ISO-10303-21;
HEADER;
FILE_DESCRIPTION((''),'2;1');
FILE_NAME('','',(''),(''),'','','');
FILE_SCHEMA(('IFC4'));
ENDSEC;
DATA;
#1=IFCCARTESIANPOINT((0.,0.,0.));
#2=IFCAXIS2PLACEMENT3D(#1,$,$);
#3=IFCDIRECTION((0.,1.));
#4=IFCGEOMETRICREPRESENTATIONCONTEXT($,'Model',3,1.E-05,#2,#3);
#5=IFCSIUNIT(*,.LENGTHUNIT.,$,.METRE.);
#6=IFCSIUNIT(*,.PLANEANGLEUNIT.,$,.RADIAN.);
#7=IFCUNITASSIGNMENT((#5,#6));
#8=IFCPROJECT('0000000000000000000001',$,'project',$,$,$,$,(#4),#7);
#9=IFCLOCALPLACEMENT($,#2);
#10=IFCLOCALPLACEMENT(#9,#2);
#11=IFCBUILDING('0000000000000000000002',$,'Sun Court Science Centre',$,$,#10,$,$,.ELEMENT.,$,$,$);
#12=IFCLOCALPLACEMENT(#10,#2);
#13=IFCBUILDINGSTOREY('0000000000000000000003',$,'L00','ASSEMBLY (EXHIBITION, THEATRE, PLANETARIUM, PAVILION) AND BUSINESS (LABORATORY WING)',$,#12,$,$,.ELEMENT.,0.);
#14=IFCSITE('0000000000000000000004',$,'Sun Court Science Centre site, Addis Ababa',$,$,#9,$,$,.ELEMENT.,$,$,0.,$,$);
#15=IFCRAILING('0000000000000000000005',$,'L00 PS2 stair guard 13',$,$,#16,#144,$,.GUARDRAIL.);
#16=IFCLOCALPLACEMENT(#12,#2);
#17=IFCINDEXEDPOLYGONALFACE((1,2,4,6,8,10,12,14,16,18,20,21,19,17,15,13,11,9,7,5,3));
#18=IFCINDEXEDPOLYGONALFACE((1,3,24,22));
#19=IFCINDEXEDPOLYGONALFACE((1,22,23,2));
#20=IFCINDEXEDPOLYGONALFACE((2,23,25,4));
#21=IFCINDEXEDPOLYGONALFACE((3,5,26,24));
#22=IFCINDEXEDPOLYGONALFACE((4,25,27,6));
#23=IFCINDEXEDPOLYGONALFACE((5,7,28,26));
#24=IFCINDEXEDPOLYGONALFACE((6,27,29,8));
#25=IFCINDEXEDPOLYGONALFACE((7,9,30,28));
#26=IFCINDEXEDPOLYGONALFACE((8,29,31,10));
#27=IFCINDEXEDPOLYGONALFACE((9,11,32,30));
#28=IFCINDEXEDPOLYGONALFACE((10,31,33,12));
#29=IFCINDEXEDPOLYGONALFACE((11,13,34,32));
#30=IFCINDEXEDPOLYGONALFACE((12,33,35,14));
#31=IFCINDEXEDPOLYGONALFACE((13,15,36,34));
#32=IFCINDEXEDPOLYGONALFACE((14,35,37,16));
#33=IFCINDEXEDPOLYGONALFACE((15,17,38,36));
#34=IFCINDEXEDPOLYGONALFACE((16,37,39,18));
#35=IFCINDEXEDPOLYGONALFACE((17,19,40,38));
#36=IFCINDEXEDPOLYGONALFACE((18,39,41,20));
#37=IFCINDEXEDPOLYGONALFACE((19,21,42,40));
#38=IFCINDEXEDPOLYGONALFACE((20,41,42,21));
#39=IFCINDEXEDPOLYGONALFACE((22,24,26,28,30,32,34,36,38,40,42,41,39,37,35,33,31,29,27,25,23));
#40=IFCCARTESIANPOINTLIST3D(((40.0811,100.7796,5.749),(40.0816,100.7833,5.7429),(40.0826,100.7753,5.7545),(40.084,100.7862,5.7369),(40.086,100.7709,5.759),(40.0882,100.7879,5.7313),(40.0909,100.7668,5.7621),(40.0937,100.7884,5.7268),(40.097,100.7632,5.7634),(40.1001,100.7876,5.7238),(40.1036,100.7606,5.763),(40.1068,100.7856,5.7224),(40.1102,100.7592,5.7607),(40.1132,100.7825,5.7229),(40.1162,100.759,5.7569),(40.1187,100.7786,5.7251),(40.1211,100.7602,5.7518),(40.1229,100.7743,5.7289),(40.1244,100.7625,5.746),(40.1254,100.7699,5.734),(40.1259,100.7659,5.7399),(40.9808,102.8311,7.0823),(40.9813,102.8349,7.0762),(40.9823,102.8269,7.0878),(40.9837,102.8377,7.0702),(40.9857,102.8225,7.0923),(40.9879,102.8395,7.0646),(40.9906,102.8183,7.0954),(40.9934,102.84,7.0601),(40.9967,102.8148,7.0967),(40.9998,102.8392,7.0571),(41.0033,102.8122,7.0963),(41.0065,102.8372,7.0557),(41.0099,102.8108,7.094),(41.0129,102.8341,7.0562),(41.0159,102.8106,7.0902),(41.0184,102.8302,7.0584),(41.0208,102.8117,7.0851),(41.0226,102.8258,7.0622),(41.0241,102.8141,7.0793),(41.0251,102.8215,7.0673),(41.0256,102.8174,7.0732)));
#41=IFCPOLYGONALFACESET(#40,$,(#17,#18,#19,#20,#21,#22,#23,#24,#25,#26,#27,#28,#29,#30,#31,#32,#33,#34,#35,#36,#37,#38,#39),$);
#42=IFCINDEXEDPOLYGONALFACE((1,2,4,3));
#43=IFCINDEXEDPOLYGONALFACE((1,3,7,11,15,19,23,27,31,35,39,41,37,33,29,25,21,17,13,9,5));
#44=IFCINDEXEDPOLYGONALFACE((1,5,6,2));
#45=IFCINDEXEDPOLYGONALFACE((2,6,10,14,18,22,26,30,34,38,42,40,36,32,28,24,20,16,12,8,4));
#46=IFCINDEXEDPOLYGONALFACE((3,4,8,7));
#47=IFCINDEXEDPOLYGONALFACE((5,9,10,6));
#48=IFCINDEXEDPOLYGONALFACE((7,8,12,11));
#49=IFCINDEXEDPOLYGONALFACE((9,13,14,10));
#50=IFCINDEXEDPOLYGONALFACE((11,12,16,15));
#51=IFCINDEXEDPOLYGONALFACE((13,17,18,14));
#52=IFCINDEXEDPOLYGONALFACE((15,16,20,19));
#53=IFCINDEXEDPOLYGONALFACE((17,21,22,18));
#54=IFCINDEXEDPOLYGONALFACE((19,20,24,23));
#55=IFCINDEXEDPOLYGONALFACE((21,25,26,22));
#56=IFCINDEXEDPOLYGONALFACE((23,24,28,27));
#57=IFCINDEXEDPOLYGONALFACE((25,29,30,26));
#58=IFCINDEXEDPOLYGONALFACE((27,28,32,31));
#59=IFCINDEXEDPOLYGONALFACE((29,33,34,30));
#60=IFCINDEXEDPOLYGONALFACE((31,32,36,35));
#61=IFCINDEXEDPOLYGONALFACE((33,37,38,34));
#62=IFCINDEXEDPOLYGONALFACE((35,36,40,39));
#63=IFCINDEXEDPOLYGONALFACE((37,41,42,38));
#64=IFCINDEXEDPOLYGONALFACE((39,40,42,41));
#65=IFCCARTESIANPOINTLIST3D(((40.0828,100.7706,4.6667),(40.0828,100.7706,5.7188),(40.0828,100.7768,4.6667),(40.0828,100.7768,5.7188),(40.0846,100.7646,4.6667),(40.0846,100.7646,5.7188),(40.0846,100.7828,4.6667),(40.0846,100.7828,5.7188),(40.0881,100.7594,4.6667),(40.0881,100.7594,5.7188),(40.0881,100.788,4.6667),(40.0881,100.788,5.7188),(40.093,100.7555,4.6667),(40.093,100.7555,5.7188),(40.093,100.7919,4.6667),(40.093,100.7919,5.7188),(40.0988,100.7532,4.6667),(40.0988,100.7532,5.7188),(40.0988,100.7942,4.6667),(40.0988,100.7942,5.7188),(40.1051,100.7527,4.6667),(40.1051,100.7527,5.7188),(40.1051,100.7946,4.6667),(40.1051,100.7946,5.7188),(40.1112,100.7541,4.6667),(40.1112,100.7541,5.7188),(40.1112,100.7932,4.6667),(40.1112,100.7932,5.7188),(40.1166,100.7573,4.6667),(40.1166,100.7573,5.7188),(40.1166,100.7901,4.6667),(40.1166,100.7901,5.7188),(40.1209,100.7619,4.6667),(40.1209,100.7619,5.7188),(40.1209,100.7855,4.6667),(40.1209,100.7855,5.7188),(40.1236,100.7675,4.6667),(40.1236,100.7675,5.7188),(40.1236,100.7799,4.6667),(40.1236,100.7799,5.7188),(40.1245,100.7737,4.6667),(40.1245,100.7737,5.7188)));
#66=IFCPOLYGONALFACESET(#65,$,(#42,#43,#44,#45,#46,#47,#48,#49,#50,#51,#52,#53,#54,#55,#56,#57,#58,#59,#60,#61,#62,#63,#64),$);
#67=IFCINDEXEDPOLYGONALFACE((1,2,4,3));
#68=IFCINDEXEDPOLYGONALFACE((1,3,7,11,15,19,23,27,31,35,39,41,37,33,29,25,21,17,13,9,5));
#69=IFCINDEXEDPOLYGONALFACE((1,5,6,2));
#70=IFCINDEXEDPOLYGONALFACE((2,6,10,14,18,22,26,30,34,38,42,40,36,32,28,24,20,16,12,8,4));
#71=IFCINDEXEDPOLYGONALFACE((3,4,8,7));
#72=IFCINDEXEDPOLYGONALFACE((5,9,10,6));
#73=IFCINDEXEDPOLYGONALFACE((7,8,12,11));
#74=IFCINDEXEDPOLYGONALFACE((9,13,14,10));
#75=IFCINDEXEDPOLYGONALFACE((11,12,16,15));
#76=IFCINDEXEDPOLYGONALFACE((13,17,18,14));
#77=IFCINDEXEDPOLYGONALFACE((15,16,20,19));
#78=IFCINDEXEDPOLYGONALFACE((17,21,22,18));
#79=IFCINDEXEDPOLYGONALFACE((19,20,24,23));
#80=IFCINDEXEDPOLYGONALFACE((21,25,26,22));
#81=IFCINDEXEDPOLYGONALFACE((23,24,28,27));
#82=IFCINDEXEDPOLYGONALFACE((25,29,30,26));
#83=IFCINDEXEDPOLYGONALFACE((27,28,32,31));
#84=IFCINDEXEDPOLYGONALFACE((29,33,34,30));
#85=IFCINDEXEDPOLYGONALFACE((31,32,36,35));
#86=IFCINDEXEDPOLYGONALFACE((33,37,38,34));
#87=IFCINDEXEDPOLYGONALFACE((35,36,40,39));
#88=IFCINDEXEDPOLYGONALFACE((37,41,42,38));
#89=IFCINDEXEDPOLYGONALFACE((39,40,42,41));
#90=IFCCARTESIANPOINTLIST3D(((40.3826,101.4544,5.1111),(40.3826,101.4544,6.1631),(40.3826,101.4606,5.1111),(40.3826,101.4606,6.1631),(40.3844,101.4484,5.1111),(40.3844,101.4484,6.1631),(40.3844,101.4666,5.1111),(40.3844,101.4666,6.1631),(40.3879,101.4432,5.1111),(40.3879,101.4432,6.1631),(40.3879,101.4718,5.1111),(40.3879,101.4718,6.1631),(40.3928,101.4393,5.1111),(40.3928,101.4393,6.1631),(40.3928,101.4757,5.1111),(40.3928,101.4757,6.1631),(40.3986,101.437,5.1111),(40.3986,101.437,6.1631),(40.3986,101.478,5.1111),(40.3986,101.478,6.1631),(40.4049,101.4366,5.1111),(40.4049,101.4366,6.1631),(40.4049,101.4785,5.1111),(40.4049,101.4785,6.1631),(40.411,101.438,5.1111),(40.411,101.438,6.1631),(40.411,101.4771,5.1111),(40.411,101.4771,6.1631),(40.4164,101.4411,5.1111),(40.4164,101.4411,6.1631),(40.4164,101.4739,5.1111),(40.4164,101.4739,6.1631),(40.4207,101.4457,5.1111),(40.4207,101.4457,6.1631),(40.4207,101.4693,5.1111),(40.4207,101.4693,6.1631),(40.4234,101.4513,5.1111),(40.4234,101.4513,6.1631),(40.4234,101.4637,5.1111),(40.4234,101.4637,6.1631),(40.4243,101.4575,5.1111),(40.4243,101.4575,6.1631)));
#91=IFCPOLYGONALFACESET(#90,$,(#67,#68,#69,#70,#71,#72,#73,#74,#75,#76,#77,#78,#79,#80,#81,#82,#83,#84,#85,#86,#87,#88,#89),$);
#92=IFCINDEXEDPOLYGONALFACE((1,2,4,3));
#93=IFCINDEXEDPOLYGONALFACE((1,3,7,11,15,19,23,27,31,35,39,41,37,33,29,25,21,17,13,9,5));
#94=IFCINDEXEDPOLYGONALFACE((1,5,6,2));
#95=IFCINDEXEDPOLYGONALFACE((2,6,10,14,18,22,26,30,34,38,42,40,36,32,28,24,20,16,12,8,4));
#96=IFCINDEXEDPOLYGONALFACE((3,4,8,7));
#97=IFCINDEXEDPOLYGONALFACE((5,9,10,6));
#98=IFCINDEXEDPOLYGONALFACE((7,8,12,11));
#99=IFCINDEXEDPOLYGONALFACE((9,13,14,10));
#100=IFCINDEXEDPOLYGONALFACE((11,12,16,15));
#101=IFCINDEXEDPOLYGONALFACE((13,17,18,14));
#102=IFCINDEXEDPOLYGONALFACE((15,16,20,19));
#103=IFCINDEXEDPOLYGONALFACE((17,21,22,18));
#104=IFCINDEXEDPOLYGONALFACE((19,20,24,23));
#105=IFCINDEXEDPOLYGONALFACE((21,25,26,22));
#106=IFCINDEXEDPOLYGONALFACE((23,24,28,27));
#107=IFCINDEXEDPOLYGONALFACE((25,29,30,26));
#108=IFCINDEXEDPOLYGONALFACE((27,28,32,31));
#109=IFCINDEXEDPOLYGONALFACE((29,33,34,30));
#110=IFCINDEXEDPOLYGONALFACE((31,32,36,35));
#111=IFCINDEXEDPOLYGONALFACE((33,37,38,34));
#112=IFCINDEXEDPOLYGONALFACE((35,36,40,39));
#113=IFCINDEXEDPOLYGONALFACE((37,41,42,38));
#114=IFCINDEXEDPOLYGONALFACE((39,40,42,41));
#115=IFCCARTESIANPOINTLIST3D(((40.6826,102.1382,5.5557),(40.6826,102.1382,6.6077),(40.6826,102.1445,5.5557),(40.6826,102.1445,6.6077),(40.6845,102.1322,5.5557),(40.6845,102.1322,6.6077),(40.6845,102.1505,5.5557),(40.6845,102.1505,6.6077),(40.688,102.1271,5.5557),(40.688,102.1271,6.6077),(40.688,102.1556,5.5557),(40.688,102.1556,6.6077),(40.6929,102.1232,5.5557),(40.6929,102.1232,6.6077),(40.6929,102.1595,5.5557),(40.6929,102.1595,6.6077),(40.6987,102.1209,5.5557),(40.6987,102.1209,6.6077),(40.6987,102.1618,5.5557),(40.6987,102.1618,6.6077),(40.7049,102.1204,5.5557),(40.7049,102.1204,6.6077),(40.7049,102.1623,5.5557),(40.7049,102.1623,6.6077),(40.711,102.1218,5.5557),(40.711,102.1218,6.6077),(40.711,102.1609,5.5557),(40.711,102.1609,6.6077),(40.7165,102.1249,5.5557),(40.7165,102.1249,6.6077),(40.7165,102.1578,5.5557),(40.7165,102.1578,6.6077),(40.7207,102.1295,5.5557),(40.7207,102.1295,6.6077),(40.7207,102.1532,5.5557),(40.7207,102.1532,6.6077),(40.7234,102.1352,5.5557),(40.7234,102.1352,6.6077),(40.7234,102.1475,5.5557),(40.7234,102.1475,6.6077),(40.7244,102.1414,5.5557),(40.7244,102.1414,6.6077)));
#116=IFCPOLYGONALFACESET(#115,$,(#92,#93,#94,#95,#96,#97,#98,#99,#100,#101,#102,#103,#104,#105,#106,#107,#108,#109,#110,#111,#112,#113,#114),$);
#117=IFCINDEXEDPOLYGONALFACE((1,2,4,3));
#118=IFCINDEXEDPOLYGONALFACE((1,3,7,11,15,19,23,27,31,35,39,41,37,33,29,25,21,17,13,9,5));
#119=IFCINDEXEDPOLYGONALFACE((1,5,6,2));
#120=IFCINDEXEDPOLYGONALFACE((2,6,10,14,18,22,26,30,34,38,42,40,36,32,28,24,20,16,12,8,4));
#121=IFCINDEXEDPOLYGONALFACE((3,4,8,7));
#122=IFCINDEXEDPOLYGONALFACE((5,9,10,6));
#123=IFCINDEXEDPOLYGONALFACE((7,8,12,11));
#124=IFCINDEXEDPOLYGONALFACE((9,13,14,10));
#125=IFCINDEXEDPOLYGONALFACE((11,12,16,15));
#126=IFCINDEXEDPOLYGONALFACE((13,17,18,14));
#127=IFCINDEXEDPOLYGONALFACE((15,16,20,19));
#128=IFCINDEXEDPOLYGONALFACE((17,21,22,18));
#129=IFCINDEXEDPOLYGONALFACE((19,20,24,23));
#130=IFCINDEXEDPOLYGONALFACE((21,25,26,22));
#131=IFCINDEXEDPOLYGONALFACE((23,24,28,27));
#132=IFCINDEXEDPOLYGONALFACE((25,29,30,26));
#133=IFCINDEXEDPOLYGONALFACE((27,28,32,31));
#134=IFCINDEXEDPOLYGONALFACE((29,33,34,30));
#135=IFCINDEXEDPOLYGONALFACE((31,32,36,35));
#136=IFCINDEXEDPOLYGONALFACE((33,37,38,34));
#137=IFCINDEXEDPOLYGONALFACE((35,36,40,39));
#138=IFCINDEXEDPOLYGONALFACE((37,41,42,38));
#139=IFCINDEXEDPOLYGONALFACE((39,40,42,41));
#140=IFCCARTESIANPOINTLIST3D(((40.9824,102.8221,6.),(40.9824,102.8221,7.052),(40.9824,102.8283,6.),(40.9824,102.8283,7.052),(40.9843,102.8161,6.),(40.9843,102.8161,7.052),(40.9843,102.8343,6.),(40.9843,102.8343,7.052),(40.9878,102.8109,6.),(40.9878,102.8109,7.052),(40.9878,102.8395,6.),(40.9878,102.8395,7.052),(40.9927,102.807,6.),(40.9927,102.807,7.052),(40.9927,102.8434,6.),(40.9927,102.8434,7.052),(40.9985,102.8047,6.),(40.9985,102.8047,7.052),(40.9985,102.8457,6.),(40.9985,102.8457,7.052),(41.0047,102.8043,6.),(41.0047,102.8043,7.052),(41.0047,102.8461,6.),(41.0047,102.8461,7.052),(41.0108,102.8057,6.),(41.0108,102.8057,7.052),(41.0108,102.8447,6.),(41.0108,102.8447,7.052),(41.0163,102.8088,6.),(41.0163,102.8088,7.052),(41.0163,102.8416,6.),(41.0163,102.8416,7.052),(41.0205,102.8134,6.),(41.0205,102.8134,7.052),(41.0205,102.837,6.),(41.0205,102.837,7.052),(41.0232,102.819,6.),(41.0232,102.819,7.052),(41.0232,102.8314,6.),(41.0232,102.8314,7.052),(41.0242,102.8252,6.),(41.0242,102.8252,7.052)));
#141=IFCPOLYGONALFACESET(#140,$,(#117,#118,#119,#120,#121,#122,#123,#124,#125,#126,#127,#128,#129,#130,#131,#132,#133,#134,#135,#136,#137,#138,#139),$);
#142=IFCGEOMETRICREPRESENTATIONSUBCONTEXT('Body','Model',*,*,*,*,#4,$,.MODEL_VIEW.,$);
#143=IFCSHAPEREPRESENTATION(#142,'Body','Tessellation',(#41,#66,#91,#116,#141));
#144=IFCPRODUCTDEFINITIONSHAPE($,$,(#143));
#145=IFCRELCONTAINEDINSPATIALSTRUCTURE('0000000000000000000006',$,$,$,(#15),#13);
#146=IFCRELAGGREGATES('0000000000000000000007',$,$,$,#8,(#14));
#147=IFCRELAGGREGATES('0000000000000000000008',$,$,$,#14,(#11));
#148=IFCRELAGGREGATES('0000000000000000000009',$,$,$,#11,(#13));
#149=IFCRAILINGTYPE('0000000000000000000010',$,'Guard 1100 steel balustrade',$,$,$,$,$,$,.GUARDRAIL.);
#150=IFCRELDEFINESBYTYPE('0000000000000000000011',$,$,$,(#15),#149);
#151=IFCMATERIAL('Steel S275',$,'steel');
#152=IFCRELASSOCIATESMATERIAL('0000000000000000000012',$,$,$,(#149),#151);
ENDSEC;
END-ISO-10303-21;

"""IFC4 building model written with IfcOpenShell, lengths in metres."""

from ifc_helpers import new_model, si_unit, direction, frame, origin, origin_2d, place, context, subcontext, project, spatial, circle, extrude, material, type_object, element, save


model = new_model("IFC4")

# Units and contexts
model_context = context("Model", 3, precision=1e-05, world=origin(), true_north=direction((0.0, 1.0)))
body_context = subcontext(model_context, "Body", "Model", "MODEL_VIEW")
ifc_project = project(units=[si_unit("LENGTHUNIT", "METRE"), si_unit("PLANEANGLEUNIT", "RADIAN")], contexts=[model_context])

# Site, building, storey
site_placement = place(None, origin())
site = spatial("IfcSite", under=ifc_project, at=site_placement, Name="Sun Court Science Centre site, Addis Ababa", CompositionType="ELEMENT", RefElevation=0.0)
building_placement = place(site_placement, origin())
building = spatial("IfcBuilding", under=site, at=building_placement, Name="Sun Court Science Centre", CompositionType="ELEMENT")
storey_placement = place(building_placement, origin())
storey = spatial("IfcBuildingStorey", under=building, at=storey_placement, Name="L00", Description="ASSEMBLY (EXHIBITION, THEATRE, PLANETARIUM, PAVILION) AND BUSINESS (LABORATORY WING)", CompositionType="ELEMENT", Elevation=0.0)

# Railing
ifc_material_1 = material(Name="Steel S275", Category="steel")
railing_type_1 = type_object("IfcRailingType", Name="Guard 1100 steel balustrade", PredefinedType="GUARDRAIL", material=ifc_material_1)
railing_1_placement = place(storey_placement, frame((40.1035, 100.7737, 4.6667)))
element("IfcRailing", 1, at=railing_1_placement, inside=storey, type_object=railing_type_1, Name="L00 PS2 stair guard 13", PredefinedType="GUARDRAIL", context=body_context, shape_type="SweptSolid", body=[
    extrude(circle(Radius=0.0239, at=origin_2d()), frame((0.0, 0.0, 1.0762), z_axis=(0.345113, 0.786971, 0.511442), x_axis=(-0.915809, 0.401613, 0.0)), (0.0, 0.0, 1.0), 2.6069),
    extrude(circle(Radius=0.021, at=origin_2d()), origin(), (0.0, 0.0, 1.0), 1.052),
    extrude(circle(Radius=0.021, at=origin_2d()), frame((0.2998, 0.6838, 0.4443)), (0.0, 0.0, 1.0), 1.052),
    extrude(circle(Radius=0.021, at=origin_2d()), frame((0.5999, 1.3677, 0.8889)), (0.0, 0.0, 1.0), 1.052),
    extrude(circle(Radius=0.021, at=origin_2d()), frame((0.8997, 2.0515, 1.3333)), (0.0, 0.0, 1.0), 1.052),
])

save(model, "model.ifc")
